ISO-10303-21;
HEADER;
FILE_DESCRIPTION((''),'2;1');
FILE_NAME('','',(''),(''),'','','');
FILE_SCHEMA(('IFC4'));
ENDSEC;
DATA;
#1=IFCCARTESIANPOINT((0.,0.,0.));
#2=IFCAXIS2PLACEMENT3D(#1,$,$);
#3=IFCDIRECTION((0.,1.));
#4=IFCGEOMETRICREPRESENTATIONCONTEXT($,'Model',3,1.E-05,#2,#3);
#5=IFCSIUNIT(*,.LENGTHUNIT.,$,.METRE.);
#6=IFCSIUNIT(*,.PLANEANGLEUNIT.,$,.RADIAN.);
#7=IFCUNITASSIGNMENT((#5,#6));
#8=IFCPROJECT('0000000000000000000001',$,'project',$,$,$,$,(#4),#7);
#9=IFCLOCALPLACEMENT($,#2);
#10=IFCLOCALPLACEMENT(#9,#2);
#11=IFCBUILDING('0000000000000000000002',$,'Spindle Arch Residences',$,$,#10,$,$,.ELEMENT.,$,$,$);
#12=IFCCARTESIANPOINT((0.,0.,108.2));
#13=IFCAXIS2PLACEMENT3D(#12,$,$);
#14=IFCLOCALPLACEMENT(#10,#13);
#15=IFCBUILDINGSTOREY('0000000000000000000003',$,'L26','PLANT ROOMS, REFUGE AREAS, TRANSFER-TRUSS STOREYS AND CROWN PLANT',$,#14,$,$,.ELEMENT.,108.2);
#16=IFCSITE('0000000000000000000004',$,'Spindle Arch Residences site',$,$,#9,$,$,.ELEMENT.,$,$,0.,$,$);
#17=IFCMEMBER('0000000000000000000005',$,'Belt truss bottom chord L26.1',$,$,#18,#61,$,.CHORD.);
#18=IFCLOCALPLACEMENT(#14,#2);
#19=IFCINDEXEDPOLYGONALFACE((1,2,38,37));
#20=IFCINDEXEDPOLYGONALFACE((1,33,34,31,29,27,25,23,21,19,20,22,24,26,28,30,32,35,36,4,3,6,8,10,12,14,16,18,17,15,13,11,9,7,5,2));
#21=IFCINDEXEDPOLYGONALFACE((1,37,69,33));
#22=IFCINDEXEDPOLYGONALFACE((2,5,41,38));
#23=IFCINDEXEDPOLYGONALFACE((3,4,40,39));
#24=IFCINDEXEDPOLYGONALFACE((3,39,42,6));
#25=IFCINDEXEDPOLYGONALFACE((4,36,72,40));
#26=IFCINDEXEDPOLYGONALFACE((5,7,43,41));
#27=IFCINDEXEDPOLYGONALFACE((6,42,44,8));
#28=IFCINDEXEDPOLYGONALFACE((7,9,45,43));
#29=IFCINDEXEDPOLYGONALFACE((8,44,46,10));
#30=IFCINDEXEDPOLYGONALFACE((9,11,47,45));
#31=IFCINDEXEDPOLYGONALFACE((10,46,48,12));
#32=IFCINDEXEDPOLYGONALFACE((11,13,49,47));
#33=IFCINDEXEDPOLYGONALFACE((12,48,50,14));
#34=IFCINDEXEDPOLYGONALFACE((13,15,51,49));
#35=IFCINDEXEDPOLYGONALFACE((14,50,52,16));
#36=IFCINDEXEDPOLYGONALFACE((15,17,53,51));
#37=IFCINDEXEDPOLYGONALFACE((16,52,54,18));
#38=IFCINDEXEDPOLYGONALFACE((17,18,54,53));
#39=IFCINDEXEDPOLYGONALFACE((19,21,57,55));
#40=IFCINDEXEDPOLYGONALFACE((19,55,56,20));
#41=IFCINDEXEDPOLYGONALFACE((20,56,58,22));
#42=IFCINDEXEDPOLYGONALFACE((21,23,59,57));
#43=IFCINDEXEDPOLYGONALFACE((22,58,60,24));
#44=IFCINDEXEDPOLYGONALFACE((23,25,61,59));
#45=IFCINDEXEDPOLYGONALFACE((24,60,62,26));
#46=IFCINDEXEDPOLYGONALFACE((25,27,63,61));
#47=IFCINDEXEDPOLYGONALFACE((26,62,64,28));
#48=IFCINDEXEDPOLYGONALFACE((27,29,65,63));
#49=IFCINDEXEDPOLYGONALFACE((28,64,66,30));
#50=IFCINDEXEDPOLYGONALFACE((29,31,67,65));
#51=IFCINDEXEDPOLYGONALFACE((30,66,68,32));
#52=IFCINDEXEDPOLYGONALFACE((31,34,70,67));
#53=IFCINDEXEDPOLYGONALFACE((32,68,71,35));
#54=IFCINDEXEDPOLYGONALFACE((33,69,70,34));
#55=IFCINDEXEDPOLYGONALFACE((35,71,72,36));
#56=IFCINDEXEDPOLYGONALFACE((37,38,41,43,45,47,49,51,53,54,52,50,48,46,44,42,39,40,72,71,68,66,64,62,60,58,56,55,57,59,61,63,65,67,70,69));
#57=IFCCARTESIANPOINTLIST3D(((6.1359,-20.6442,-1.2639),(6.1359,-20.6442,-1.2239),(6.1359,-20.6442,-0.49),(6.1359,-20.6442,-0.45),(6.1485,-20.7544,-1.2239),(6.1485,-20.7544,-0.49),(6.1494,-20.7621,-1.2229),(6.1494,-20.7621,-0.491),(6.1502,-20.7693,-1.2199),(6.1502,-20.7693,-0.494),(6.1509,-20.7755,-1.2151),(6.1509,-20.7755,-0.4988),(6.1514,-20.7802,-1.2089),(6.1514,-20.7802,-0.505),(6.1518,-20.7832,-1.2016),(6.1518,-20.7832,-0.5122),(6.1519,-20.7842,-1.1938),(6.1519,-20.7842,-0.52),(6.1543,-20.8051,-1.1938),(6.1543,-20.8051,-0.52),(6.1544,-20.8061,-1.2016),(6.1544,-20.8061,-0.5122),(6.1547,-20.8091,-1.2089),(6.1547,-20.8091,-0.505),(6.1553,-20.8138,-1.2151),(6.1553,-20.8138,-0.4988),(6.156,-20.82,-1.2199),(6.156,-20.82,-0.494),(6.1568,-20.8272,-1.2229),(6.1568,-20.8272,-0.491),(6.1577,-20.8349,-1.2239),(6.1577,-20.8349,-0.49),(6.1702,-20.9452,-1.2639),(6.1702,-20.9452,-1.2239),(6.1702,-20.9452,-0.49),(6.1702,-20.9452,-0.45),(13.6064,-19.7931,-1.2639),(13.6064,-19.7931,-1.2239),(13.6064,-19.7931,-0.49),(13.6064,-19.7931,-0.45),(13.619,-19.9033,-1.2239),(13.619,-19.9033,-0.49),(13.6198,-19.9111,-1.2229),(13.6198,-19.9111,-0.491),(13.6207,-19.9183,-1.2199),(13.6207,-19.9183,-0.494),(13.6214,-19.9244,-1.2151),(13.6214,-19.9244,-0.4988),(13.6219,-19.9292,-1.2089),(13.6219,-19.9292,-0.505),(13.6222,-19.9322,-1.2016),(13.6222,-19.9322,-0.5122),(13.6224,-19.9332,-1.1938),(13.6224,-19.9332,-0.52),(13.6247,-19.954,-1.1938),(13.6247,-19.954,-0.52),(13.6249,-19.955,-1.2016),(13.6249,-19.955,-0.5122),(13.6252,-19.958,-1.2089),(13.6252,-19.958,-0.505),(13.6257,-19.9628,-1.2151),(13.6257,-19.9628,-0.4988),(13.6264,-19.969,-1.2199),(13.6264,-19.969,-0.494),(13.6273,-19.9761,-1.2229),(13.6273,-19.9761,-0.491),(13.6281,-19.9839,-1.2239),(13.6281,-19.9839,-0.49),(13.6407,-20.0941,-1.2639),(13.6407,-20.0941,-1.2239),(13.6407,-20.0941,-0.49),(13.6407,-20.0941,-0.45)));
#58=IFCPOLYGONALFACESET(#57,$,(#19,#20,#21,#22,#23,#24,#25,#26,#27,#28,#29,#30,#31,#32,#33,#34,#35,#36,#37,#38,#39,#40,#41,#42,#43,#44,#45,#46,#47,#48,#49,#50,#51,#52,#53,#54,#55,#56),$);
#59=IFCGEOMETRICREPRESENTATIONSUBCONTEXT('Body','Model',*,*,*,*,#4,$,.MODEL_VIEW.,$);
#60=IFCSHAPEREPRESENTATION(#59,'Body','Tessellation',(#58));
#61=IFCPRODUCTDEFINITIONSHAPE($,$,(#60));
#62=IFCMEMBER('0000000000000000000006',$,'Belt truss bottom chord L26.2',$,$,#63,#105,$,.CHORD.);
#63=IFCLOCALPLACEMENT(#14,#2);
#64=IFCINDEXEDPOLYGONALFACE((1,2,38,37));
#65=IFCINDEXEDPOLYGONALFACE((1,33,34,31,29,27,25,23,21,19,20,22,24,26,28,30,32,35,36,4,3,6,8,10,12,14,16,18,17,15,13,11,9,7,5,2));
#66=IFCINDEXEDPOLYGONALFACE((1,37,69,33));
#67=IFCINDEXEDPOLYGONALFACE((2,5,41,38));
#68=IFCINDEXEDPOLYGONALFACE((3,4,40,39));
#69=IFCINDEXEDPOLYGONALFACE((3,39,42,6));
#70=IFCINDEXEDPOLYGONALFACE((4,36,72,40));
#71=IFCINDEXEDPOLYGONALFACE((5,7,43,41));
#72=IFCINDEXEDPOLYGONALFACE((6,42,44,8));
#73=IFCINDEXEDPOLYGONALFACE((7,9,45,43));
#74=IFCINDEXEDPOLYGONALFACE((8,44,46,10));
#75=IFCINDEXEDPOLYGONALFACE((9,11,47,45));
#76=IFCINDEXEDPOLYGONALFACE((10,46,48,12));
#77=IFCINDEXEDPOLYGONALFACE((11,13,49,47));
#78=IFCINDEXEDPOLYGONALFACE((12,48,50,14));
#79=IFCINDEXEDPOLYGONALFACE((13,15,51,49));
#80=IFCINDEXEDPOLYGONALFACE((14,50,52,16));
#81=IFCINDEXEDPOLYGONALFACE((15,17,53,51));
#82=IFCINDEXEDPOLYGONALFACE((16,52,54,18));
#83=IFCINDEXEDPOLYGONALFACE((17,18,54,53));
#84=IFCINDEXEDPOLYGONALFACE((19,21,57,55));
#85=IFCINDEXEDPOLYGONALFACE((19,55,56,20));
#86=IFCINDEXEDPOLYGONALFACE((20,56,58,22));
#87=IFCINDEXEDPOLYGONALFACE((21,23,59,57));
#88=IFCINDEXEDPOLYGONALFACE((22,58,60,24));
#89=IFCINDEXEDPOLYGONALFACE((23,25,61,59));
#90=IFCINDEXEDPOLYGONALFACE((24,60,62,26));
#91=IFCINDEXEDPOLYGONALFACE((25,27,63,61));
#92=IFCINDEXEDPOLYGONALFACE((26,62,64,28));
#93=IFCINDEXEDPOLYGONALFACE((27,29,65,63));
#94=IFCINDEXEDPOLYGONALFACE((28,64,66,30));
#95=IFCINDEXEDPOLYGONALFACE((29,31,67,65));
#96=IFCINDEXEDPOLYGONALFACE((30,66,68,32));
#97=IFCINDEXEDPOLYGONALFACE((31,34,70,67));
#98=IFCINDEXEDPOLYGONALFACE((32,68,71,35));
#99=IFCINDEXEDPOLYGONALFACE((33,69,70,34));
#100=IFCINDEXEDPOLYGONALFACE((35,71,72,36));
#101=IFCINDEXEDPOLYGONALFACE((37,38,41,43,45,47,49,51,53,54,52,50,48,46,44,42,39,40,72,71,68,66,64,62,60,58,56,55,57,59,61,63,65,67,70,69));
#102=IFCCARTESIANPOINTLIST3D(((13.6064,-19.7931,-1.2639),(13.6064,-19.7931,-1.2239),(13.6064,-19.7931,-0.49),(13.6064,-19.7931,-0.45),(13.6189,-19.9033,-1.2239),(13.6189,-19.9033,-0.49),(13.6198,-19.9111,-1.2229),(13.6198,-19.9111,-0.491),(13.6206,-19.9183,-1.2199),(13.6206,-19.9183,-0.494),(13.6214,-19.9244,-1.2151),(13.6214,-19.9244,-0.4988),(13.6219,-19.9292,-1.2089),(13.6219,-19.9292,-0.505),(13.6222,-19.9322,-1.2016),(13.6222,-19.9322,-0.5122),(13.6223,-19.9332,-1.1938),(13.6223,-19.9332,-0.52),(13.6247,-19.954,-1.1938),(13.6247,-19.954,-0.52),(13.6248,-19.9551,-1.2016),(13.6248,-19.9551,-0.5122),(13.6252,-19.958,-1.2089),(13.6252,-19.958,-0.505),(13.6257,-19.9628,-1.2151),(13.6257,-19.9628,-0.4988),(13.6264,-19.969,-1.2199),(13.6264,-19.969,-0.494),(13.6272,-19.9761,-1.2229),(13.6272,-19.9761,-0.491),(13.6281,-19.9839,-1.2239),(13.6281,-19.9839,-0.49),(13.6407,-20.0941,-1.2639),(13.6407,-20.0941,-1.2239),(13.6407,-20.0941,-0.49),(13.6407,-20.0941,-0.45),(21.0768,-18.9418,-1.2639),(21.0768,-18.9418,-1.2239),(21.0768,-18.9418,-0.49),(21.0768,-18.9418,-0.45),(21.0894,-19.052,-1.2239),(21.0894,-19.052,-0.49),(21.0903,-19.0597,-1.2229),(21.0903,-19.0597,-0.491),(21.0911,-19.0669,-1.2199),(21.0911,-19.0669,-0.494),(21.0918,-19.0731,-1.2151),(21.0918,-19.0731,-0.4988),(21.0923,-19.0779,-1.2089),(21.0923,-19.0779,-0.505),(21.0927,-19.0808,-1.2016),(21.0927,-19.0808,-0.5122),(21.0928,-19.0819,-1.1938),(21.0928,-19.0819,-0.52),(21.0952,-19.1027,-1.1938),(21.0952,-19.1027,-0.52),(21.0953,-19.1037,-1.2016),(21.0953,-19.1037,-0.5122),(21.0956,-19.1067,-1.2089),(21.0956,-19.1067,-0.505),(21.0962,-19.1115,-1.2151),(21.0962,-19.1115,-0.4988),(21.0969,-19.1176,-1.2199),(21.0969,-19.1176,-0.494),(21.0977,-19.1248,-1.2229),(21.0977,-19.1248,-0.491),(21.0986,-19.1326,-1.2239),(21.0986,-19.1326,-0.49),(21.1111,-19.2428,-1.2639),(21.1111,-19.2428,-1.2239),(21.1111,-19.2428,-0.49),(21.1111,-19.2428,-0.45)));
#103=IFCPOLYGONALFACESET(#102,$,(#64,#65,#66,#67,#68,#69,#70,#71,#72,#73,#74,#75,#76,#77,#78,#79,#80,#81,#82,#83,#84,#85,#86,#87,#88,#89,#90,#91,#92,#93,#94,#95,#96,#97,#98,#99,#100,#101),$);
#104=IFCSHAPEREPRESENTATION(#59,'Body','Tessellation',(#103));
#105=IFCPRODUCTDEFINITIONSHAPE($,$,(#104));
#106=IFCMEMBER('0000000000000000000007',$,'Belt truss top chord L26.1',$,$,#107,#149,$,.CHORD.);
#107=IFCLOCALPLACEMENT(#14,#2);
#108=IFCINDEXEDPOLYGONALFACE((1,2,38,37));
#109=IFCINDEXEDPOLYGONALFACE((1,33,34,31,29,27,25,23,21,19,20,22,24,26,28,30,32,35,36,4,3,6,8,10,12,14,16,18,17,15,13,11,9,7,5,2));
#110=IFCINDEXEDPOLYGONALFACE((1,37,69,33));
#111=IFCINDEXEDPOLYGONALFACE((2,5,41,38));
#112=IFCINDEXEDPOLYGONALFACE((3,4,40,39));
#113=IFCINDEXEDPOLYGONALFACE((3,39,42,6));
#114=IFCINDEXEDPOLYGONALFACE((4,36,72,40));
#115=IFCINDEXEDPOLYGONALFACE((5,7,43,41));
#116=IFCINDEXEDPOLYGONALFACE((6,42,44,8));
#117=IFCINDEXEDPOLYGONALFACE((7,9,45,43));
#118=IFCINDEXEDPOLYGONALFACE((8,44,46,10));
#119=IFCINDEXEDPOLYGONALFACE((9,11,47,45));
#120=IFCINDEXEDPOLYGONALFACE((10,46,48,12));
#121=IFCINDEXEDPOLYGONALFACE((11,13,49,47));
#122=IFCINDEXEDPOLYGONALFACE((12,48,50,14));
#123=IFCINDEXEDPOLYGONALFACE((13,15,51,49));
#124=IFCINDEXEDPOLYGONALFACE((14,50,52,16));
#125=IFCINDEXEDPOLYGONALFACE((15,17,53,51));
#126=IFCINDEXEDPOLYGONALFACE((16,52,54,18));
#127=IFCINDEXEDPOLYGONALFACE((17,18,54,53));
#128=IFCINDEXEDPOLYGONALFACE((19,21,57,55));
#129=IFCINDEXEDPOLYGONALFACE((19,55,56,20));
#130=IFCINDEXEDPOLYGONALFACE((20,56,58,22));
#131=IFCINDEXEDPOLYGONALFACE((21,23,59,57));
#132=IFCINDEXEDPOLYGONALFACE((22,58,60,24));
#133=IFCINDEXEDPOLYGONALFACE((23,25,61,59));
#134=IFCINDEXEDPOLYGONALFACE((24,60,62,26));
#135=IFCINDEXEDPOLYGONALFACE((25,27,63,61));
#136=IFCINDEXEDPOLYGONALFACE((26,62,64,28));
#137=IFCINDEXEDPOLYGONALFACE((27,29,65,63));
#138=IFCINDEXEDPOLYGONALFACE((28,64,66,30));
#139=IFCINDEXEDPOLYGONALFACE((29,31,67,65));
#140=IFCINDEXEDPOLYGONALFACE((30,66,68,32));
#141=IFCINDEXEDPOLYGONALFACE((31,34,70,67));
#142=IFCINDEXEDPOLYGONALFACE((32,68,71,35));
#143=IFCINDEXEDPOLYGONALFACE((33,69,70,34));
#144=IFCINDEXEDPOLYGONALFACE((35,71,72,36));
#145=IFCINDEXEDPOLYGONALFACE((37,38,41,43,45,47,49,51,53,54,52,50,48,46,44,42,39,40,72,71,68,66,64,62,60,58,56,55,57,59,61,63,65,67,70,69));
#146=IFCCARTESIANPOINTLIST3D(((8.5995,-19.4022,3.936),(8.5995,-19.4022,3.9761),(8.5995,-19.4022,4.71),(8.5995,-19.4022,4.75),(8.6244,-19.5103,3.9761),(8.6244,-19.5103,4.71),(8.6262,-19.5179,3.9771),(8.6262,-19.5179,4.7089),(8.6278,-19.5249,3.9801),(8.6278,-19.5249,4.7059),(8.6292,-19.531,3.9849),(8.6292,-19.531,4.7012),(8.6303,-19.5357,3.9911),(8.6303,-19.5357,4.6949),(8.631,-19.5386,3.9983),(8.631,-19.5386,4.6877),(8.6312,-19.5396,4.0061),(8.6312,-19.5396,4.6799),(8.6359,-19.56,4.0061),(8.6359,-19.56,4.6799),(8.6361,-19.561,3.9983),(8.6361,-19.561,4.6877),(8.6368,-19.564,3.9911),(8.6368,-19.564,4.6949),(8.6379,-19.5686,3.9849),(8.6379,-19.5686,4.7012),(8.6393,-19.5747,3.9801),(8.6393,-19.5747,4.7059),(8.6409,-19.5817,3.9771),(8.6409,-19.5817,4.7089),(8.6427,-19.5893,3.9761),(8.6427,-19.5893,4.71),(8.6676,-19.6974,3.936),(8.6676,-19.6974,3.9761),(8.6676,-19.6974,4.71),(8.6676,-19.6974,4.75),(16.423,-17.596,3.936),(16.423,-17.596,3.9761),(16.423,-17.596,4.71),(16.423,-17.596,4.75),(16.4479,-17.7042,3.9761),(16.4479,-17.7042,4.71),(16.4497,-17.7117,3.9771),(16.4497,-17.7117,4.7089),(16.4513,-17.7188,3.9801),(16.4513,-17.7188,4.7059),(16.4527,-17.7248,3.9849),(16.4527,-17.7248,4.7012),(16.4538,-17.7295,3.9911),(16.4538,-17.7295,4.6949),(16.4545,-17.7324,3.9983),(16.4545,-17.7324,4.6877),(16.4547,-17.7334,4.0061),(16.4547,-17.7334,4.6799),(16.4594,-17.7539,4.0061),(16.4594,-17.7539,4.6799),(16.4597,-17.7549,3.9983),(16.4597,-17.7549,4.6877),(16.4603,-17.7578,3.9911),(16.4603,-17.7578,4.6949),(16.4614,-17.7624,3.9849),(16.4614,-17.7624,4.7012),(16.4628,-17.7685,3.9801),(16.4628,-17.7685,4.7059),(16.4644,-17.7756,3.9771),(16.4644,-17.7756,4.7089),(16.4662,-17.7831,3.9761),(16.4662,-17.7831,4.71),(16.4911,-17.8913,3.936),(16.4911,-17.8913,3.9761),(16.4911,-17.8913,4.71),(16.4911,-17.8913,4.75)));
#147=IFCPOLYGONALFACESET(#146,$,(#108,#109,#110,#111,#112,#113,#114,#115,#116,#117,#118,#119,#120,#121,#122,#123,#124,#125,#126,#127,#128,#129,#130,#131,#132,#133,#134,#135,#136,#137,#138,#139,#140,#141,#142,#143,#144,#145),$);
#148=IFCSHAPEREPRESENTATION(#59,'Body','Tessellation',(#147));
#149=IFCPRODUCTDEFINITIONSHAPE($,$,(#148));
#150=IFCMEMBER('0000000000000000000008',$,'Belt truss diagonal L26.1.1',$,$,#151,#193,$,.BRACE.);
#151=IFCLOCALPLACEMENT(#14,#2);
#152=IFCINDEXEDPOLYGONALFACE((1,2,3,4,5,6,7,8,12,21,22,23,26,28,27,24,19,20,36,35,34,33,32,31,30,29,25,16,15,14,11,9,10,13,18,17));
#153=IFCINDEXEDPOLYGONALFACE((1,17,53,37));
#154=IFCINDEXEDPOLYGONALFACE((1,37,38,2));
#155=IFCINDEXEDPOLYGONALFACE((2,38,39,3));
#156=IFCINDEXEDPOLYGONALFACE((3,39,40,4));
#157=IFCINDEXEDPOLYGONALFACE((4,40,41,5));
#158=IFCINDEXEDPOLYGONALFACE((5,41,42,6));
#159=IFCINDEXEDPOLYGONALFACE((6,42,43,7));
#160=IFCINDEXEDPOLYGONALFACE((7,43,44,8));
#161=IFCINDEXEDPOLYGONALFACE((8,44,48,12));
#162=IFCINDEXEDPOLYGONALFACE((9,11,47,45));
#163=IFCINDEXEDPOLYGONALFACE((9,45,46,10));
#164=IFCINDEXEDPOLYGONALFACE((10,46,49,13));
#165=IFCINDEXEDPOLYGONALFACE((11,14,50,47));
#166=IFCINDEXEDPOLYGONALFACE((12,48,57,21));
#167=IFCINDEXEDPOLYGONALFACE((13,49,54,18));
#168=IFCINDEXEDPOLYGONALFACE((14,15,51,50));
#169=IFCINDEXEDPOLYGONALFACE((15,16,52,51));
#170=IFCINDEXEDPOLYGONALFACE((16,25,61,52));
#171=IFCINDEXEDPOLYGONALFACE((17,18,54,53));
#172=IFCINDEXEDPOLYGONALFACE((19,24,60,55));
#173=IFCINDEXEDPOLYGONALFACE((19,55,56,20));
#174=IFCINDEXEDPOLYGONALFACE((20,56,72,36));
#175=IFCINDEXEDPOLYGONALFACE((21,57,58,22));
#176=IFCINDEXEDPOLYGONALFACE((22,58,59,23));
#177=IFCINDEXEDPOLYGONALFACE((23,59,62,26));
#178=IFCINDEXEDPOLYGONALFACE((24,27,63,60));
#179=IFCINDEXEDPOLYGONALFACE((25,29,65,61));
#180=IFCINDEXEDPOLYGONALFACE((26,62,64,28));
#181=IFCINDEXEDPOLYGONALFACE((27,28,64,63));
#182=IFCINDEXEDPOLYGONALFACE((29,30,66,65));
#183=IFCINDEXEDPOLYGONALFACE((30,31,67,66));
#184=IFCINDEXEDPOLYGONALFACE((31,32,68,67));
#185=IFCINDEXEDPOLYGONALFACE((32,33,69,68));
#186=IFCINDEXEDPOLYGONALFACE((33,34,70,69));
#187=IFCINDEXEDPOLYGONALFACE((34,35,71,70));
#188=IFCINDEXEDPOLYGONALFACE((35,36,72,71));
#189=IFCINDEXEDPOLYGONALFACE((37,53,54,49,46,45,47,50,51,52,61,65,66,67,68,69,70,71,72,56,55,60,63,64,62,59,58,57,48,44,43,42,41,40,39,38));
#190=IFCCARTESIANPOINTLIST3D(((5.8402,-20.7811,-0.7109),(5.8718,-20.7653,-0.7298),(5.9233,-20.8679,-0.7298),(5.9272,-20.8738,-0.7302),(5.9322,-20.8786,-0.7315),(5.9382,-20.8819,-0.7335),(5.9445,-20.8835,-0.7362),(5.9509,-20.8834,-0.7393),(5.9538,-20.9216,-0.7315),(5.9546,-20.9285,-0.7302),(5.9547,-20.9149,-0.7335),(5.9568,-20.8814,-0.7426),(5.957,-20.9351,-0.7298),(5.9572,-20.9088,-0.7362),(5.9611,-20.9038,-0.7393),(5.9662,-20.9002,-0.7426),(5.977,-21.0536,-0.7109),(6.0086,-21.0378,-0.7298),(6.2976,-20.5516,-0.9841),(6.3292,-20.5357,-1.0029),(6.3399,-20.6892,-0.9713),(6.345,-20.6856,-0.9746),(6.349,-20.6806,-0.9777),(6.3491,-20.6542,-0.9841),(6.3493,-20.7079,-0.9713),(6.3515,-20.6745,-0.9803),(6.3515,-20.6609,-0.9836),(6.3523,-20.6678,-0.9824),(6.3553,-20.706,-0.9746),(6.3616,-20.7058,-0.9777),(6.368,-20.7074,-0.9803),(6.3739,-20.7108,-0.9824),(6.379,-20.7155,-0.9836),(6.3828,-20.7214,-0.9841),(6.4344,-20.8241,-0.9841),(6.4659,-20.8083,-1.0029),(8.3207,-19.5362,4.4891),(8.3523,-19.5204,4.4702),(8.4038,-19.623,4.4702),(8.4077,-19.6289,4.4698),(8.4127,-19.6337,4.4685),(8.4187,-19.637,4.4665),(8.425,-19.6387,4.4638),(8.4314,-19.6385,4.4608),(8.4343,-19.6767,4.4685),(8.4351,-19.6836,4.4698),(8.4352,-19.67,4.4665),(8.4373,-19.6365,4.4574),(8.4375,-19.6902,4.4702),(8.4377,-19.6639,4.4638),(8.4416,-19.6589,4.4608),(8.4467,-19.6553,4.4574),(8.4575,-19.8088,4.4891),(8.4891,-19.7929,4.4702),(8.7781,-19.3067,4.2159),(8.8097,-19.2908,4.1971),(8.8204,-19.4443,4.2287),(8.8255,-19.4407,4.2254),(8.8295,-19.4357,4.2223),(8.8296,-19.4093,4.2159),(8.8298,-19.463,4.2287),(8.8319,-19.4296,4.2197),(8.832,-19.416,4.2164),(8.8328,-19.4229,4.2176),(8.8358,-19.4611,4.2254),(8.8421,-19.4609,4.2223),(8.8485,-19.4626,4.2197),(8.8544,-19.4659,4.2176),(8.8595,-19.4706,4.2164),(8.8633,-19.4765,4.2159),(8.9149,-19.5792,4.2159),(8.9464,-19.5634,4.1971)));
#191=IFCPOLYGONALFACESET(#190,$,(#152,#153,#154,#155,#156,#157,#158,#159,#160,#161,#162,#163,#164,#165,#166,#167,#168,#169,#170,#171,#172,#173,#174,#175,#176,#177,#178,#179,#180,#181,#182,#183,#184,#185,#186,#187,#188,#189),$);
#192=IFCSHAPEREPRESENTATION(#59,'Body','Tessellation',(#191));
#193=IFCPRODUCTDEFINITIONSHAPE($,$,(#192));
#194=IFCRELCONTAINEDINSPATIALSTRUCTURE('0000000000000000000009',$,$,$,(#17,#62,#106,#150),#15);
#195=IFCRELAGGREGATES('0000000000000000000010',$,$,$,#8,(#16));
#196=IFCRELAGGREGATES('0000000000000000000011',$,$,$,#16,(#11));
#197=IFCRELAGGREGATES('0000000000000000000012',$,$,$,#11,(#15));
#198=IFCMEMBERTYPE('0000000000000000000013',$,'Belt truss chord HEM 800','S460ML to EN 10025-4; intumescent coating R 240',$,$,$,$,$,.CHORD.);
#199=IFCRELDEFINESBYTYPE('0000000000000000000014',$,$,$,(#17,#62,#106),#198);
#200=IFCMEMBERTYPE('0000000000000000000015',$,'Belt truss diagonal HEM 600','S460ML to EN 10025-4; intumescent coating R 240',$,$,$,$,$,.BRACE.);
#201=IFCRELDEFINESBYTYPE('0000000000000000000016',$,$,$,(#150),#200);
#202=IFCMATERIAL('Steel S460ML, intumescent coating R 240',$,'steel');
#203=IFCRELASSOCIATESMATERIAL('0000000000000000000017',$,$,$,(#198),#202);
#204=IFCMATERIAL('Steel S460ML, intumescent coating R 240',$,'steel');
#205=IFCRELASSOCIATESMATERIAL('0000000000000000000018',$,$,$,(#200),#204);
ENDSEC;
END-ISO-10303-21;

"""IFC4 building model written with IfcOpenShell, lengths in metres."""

from ifc_helpers import new_model, si_unit, direction, frame, origin, origin_2d, place, context, subcontext, project, spatial, i_section, extrude, material, material_profile, profile_set, type_object, element, save


model = new_model("IFC4")

# Units and contexts
model_context = context("Model", 3, precision=1e-05, world=origin(), true_north=direction((0.0, 1.0)))
body_context = subcontext(model_context, "Body", "Model", "MODEL_VIEW")
ifc_project = project(units=[si_unit("LENGTHUNIT", "METRE"), si_unit("PLANEANGLEUNIT", "RADIAN")], contexts=[model_context])

# Site, building, storey
site_placement = place(None, origin())
site = spatial("IfcSite", under=ifc_project, at=site_placement, Name="Spindle Arch Residences site", CompositionType="ELEMENT", RefElevation=0.0)
building_placement = place(site_placement, origin())
building = spatial("IfcBuilding", under=site, at=building_placement, Name="Spindle Arch Residences", CompositionType="ELEMENT")
storey_placement = place(building_placement, frame((0.0, 0.0, 108.2)))
storey = spatial("IfcBuildingStorey", under=building, at=storey_placement, Name="L26", Description="PLANT ROOMS, REFUGE AREAS, TRANSFER-TRUSS STOREYS AND CROWN PLANT", CompositionType="ELEMENT", Elevation=108.2)

# Members
ifc_material_1 = material(Name="Steel S460ML, intumescent coating R 240", Category="steel")
ifc_material_profile_1 = material_profile(ifc_material_1, i_section(OverallWidth=0.303, OverallDepth=0.814, WebThickness=0.021, FlangeThickness=0.04, FilletRadius=0.03, at=origin_2d()), Name="HEM 800")
ifc_profile_set_1 = profile_set([ifc_material_profile_1], Name="Steel S460ML, intumescent coating R 240")
member_type_1 = type_object("IfcMemberType", Name="Belt truss chord HEM 800", Description="S460ML to EN 10025-4; intumescent coating R 240", PredefinedType="CHORD", material=ifc_profile_set_1)
for number, where, z_axis, x_axis, name in (
    (1, (6.1531, -20.7947, -0.8569), (0.993573, 0.113193, 0.0), (-0.113193, 0.993573, 0.0), "Belt truss bottom chord L26.1"),
    (2, (13.6235, -19.9436, -0.8569), (0.993569, 0.113225, 0.0), (-0.113225, 0.993569, 0.0), "Belt truss bottom chord L26.2"),
):
    element("IfcMember", number, at=place(storey_placement, frame(where, z_axis=z_axis, x_axis=x_axis)), inside=storey, type_object=member_type_1, Name=name, PredefinedType="CHORD", context=body_context, shape_type="SweptSolid", body=[
        extrude(i_section(OverallWidth=0.303, OverallDepth=0.814, WebThickness=0.021, FlangeThickness=0.04, FilletRadius=0.03, at=origin_2d()), origin(), (0.0, 0.0, 1.0), 7.5188),
    ])
member_1_placement = place(storey_placement, frame((8.6335, -19.5498, 4.343), z_axis=(0.974371, 0.224946, 0.0), x_axis=(-0.224946, 0.974371, 0.0)))
element("IfcMember", 3, at=member_1_placement, inside=storey, type_object=member_type_1, Name="Belt truss top chord L26.1", PredefinedType="CHORD", context=body_context, shape_type="SweptSolid", body=[
    extrude(i_section(OverallWidth=0.303, OverallDepth=0.814, WebThickness=0.021, FlangeThickness=0.04, FilletRadius=0.03, at=origin_2d()), origin(), (0.0, 0.0, 1.0), 8.0293),
])
ifc_material_2 = material(Name="Steel S460ML, intumescent coating R 240", Category="steel")
ifc_material_profile_2 = material_profile(ifc_material_2, i_section(OverallWidth=0.3049, OverallDepth=0.6201, WebThickness=0.021, FlangeThickness=0.04, FilletRadius=0.0271, at=origin_2d()), Name="HEM 600")
ifc_profile_set_2 = profile_set([ifc_material_profile_2], Name="Steel S460ML, intumescent coating R 240")
member_type_2 = type_object("IfcMemberType", Name="Belt truss diagonal HEM 600", Description="S460ML to EN 10025-4; intumescent coating R 240", PredefinedType="BRACE", material=ifc_profile_set_2)
member_2_placement = place(storey_placement, frame((6.1531, -20.7947, -0.8569), z_axis=(0.42083, 0.211202, 0.882211), x_axis=(-0.44855, 0.893758, 0.0)))
element("IfcMember", 4, at=member_2_placement, inside=storey, type_object=member_type_2, Name="Belt truss diagonal L26.1.1", PredefinedType="BRACE", context=body_context, shape_type="SweptSolid", body=[
    extrude(i_section(OverallWidth=0.3049, OverallDepth=0.6201, WebThickness=0.021, FlangeThickness=0.04, FilletRadius=0.0271, at=origin_2d()), origin(), (0.0, 0.0, 1.0), 5.8943),
])

save(model, "model.ifc")
